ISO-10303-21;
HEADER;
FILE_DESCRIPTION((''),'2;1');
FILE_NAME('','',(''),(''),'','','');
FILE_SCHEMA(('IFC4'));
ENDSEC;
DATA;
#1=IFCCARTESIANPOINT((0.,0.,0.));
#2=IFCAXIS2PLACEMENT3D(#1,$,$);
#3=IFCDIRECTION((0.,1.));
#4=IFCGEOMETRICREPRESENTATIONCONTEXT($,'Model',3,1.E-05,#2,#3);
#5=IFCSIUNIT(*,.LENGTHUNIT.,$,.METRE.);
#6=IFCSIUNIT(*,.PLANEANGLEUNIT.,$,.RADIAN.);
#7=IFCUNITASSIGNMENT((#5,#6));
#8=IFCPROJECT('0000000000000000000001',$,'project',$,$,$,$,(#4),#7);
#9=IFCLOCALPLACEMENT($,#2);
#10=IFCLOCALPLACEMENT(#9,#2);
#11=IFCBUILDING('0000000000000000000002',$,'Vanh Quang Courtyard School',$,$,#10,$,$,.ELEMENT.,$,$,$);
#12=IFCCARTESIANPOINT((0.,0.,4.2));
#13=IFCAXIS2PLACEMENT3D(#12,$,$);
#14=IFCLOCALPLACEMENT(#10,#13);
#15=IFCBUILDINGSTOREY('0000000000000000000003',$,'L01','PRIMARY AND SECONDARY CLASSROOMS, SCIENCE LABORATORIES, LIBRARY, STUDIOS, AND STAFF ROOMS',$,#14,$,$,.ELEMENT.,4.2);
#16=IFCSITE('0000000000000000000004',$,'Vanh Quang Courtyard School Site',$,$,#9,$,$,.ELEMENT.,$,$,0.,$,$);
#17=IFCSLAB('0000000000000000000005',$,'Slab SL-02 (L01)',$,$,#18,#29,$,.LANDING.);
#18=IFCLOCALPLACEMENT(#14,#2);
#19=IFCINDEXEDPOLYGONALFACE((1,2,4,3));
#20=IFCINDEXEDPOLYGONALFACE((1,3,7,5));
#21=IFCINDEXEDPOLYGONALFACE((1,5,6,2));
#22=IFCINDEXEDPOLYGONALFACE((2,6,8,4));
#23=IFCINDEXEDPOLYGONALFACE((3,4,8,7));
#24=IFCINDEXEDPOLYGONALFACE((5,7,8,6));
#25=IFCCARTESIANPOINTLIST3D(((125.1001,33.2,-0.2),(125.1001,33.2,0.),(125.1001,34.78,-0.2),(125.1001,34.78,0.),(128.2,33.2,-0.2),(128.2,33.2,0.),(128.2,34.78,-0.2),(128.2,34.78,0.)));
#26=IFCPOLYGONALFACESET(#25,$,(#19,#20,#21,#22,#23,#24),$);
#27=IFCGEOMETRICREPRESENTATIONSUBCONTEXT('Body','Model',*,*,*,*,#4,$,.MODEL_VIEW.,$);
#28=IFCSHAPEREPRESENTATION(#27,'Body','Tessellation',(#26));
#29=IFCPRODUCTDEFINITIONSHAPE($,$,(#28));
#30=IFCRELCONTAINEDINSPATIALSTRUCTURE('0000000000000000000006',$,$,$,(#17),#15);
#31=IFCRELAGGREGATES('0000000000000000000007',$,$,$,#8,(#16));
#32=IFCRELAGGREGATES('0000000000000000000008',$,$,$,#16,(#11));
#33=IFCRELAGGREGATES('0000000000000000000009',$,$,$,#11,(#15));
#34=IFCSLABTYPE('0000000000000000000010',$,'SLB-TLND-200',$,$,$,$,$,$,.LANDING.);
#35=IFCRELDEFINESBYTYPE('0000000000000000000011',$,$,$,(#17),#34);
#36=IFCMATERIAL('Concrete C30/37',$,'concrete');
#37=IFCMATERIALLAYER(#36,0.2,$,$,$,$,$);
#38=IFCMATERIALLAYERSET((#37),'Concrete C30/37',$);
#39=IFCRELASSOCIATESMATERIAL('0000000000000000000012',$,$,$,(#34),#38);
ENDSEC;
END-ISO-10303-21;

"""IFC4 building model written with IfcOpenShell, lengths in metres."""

from ifc_helpers import new_model, si_unit, direction, frame, origin, place, context, subcontext, project, spatial, polyline, outline, extrude, material, layer, layer_set, type_object, element, save


model = new_model("IFC4")

# Units and contexts
model_context = context("Model", 3, precision=1e-05, world=origin(), true_north=direction((0.0, 1.0)))
body_context = subcontext(model_context, "Body", "Model", "MODEL_VIEW")
ifc_project = project(units=[si_unit("LENGTHUNIT", "METRE"), si_unit("PLANEANGLEUNIT", "RADIAN")], contexts=[model_context])

# Site, building, storey
site_placement = place(None, origin())
site = spatial("IfcSite", under=ifc_project, at=site_placement, Name="Vanh Quang Courtyard School Site", CompositionType="ELEMENT", RefElevation=0.0)
building_placement = place(site_placement, origin())
building = spatial("IfcBuilding", under=site, at=building_placement, Name="Vanh Quang Courtyard School", CompositionType="ELEMENT")
storey_placement = place(building_placement, frame((0.0, 0.0, 4.2)))
storey = spatial("IfcBuildingStorey", under=building, at=storey_placement, Name="L01", Description="PRIMARY AND SECONDARY CLASSROOMS, SCIENCE LABORATORIES, LIBRARY, STUDIOS, AND STAFF ROOMS", CompositionType="ELEMENT", Elevation=4.2)

# Shared definitions
ifc_material_1 = material(Name="Concrete C30/37", Category="concrete")

# Slab
ifc_layer_1 = layer(ifc_material_1, 0.2)
ifc_layer_set_1 = layer_set([ifc_layer_1], Name="Concrete C30/37")
slab_type_1 = type_object("IfcSlabType", Name="SLB-TLND-200", PredefinedType="LANDING", material=ifc_layer_set_1)
slab_1_placement = place(storey_placement, frame((0.0, 0.0, -0.2)))
element("IfcSlab", 1, at=slab_1_placement, inside=storey, type_object=slab_type_1, Name="Slab SL-02 (L01)", PredefinedType="LANDING", context=body_context, shape_type="SweptSolid", body=[
    extrude(outline(polyline([(125.1001, 33.2), (128.2, 33.2), (128.2, 34.78), (125.1001, 34.78), (125.1001, 33.2)])), origin(), (0.0, 0.0, 1.0), 0.2),
])

save(model, "model.ifc")
